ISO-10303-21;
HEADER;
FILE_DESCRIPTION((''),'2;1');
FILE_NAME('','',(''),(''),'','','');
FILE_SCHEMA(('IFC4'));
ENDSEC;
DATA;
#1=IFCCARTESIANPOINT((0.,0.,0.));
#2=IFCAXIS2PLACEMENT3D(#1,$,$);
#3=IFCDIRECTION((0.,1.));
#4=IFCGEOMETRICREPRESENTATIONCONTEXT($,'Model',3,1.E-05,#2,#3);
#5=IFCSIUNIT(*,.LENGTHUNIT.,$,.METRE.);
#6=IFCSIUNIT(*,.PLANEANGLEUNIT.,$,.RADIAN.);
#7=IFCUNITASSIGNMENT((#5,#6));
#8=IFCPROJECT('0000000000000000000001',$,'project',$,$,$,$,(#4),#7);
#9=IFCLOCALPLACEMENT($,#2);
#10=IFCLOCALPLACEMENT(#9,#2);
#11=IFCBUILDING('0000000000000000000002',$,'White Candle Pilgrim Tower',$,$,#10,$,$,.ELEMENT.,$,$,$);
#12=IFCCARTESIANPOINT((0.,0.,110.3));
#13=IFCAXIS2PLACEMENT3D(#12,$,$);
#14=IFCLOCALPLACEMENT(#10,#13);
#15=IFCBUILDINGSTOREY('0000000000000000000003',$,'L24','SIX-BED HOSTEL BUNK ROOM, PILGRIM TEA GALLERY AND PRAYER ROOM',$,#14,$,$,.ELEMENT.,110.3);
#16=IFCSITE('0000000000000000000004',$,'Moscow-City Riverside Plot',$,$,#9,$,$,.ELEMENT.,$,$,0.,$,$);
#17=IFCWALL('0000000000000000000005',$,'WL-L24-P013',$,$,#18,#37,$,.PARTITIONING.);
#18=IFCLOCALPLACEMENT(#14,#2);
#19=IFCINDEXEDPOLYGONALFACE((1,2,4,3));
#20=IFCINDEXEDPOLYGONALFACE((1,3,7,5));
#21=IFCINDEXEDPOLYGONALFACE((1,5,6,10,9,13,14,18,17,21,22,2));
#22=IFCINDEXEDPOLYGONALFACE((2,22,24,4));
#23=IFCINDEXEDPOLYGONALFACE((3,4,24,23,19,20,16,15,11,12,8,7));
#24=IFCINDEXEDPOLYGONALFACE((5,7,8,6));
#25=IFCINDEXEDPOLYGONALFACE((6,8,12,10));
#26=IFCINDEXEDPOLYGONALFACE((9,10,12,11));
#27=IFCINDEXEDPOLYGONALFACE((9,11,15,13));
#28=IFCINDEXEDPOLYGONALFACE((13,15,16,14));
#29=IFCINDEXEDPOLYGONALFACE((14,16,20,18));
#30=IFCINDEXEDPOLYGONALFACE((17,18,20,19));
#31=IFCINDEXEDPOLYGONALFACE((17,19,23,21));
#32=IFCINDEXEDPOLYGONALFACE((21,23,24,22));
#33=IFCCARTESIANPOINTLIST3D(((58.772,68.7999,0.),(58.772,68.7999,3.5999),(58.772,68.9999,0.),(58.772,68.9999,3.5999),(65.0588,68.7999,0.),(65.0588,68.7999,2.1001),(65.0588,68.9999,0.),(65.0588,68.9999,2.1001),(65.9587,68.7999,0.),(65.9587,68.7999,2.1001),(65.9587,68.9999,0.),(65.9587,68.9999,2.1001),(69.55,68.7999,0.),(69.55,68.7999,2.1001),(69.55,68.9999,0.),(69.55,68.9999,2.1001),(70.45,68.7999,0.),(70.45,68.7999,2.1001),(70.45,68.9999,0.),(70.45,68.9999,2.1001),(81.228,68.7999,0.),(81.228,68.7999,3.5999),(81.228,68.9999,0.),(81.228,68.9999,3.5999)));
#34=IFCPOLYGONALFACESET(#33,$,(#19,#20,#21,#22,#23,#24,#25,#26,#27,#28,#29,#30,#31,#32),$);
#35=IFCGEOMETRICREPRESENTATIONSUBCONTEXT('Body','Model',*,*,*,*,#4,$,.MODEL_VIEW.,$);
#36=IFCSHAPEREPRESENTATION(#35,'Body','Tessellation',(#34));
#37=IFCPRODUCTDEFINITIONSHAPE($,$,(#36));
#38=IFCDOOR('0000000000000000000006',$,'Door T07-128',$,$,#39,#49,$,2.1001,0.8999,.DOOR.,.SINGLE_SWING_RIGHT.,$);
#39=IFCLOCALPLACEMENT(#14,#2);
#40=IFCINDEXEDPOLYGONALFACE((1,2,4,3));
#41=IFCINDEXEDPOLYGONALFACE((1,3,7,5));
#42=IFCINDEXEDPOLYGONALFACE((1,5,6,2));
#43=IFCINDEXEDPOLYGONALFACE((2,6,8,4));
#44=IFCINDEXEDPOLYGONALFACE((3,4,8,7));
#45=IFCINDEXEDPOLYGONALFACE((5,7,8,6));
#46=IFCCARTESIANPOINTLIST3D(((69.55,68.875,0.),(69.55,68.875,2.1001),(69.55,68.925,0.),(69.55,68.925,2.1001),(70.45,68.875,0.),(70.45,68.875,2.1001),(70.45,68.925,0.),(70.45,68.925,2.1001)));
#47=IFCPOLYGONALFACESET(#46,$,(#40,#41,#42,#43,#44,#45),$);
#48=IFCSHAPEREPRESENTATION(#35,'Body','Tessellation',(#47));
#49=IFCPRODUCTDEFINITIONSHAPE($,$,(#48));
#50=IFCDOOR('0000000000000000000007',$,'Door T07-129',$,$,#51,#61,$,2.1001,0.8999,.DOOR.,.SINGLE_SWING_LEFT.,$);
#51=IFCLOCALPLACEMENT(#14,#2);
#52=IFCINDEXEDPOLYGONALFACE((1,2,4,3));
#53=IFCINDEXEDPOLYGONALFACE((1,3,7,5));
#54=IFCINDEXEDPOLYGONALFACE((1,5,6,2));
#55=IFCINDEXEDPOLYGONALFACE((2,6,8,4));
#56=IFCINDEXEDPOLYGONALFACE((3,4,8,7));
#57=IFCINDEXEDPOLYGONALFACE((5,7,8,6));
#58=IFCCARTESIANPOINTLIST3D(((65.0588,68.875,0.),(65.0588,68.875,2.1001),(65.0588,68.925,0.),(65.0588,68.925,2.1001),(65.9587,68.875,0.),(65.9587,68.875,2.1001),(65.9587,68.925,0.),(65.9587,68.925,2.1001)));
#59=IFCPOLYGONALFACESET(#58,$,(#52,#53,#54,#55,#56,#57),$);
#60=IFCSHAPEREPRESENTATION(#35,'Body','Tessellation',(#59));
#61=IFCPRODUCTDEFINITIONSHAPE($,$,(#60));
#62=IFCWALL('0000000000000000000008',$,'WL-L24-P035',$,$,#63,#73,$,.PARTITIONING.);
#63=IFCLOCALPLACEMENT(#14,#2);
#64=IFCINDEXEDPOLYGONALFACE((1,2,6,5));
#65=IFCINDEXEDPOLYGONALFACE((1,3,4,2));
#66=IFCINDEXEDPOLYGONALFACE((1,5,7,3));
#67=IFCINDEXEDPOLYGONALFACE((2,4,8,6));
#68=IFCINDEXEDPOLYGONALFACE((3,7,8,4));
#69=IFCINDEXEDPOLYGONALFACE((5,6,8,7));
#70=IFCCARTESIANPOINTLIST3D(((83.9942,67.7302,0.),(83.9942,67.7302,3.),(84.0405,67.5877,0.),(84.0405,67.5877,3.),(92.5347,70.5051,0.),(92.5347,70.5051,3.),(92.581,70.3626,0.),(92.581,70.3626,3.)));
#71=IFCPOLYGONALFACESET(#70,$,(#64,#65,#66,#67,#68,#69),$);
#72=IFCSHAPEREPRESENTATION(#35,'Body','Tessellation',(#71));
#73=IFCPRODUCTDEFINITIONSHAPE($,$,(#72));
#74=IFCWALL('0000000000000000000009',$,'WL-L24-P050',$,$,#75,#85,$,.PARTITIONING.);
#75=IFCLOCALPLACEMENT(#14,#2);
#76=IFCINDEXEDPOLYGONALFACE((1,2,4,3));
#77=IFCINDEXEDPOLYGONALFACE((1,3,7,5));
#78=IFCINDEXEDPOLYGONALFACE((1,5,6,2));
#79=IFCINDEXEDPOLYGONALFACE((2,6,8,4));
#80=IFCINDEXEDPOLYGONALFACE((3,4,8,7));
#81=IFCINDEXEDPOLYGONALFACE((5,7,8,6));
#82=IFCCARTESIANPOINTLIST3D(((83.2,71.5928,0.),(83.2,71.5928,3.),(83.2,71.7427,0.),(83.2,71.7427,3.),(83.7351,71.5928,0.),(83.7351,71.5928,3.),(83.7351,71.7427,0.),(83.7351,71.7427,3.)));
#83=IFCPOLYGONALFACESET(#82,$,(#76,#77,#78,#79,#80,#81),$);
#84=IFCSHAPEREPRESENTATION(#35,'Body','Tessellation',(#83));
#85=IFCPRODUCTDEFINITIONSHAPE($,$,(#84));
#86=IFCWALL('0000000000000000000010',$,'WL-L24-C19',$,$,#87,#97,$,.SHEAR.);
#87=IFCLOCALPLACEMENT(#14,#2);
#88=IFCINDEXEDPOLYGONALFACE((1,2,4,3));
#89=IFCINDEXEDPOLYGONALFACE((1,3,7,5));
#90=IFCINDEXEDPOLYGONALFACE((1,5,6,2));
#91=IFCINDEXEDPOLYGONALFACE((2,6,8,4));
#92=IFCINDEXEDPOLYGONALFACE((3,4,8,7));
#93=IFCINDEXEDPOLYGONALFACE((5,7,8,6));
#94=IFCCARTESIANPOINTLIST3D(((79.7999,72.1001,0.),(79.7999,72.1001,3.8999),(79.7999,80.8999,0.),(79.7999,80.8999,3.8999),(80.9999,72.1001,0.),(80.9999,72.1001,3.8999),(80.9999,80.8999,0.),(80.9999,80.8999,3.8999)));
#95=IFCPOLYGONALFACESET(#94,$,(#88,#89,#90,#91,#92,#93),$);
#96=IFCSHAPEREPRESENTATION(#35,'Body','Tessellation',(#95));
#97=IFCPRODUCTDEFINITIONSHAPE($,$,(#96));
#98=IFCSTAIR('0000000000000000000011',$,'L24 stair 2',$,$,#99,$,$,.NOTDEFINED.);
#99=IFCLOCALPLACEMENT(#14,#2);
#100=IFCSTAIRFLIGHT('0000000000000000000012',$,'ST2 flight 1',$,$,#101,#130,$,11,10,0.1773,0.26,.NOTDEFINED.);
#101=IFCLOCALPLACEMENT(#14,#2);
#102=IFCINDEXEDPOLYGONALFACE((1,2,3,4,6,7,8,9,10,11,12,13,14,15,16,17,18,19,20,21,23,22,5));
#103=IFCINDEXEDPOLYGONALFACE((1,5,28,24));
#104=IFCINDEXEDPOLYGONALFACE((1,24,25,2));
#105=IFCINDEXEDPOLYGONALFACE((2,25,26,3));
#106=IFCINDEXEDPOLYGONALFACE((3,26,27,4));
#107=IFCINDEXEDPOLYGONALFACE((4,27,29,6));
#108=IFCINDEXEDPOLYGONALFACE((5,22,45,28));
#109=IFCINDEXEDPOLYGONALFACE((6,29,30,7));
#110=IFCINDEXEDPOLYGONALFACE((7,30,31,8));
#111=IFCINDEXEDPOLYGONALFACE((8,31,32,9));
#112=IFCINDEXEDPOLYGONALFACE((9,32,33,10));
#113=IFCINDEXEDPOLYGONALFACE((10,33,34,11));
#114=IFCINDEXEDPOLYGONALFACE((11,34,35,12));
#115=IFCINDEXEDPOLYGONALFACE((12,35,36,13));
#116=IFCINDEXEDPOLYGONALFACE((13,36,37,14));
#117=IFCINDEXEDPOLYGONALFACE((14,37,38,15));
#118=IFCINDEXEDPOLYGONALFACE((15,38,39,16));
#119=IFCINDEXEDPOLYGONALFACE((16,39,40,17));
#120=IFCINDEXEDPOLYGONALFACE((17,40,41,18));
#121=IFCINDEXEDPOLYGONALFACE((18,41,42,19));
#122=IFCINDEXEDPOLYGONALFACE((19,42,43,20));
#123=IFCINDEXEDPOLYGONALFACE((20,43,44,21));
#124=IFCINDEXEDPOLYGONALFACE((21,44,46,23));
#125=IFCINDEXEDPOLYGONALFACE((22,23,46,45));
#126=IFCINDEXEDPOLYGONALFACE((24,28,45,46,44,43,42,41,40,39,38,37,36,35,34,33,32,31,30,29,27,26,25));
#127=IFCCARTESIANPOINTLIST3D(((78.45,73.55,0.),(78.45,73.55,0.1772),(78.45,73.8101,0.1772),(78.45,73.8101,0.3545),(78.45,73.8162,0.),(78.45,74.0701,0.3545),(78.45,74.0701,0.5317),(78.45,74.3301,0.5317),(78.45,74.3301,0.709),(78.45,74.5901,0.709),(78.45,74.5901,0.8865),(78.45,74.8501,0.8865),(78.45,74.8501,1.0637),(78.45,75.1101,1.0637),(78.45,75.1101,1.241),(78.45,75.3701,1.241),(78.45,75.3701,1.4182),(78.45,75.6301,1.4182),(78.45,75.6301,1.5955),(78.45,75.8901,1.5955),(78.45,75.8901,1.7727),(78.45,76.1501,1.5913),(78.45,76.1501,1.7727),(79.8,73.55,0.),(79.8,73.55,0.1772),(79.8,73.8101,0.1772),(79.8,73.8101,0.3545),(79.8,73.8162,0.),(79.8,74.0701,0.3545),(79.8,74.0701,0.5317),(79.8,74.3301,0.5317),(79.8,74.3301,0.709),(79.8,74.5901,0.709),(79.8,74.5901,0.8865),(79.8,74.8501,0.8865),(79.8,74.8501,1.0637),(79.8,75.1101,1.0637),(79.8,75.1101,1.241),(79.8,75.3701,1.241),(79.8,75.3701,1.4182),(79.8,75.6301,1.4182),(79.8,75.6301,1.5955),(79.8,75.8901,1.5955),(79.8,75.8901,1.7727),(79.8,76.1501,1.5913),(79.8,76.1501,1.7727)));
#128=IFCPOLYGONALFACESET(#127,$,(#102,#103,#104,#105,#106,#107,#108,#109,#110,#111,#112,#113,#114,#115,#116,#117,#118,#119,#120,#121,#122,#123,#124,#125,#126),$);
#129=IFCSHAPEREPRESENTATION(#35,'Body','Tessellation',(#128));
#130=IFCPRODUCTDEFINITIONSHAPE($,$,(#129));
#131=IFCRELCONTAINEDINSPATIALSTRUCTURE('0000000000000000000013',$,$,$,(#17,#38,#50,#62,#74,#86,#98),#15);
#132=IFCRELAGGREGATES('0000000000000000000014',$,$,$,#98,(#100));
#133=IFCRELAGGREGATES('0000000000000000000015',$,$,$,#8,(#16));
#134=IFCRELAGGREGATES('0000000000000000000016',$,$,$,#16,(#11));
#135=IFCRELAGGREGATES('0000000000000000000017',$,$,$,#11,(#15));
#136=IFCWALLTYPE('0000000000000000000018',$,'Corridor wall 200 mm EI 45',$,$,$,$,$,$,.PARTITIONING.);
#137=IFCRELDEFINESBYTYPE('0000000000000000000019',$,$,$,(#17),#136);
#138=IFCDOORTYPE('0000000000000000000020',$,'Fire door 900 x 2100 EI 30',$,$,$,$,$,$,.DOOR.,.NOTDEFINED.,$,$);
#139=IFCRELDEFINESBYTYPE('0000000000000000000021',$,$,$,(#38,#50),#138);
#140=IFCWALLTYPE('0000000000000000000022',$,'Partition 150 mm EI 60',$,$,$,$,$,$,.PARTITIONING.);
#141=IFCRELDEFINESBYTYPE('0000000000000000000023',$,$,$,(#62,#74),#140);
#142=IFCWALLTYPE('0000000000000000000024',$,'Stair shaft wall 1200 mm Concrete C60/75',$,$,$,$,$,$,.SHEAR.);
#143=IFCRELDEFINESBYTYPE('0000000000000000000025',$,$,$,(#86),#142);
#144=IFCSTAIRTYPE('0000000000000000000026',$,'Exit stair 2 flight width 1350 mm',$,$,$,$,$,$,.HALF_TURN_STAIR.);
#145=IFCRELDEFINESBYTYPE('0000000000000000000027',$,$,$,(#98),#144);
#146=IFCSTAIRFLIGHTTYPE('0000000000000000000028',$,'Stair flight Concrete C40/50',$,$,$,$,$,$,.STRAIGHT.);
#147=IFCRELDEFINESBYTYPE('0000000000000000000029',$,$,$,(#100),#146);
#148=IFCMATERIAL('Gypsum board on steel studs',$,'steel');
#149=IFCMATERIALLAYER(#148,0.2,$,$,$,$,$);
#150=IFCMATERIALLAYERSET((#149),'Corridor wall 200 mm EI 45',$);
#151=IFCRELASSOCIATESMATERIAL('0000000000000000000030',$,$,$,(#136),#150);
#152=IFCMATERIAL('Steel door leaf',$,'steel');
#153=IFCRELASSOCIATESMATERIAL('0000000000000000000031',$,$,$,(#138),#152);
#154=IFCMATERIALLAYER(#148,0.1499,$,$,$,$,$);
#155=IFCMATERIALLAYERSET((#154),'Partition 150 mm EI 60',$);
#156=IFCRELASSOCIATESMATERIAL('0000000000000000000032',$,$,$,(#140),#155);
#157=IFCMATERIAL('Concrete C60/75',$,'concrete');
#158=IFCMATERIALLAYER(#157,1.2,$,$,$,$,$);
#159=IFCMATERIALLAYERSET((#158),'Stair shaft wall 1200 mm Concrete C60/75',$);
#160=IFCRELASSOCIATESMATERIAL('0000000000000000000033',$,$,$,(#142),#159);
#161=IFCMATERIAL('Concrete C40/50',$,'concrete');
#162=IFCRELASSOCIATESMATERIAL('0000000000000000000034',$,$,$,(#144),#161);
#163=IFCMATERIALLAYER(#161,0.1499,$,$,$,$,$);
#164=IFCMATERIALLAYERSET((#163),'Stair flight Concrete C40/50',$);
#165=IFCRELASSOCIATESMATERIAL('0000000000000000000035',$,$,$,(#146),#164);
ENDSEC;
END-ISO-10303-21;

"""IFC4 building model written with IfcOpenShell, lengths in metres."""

from ifc_helpers import new_model, si_unit, direction, frame, frame_2d, origin, place, context, subcontext, project, spatial, polyline, rectangle, outline, extrude, material, layer, layer_set, type_object, element, fill, aggregate, save


model = new_model("IFC4")

# Units and contexts
model_context = context("Model", 3, precision=1e-05, world=origin(), true_north=direction((0.0, 1.0)))
body_context = subcontext(model_context, "Body", "Model", "MODEL_VIEW")
ifc_project = project(units=[si_unit("LENGTHUNIT", "METRE"), si_unit("PLANEANGLEUNIT", "RADIAN")], contexts=[model_context])

# Site, building, storey
site_placement = place(None, origin())
site = spatial("IfcSite", under=ifc_project, at=site_placement, Name="Moscow-City Riverside Plot", CompositionType="ELEMENT", RefElevation=0.0)
building_placement = place(site_placement, origin())
building = spatial("IfcBuilding", under=site, at=building_placement, Name="White Candle Pilgrim Tower", CompositionType="ELEMENT")
storey_placement = place(building_placement, frame((0.0, 0.0, 110.3)))
storey = spatial("IfcBuildingStorey", under=building, at=storey_placement, Name="L24", Description="SIX-BED HOSTEL BUNK ROOM, PILGRIM TEA GALLERY AND PRAYER ROOM", CompositionType="ELEMENT", Elevation=110.3)

# Shared definitions
ifc_material_1 = material(Name="Gypsum board on steel studs", Category="steel")
ifc_layer_1 = layer(ifc_material_1, 0.2)
ifc_layer_set_1 = layer_set([ifc_layer_1], Name="Corridor wall 200 mm EI 45")
wall_type_1 = type_object("IfcWallType", Name="Corridor wall 200 mm EI 45", PredefinedType="PARTITIONING", material=ifc_layer_set_1)
ifc_material_2 = material(Name="Steel door leaf", Category="steel")
door_type = type_object("IfcDoorType", Name="Fire door 900 x 2100 EI 30", OperationType="NOTDEFINED", PredefinedType="DOOR", material=ifc_material_2)

# Wall, openings, doors
wall_1_placement = place(storey_placement, frame((81.228, 68.8999, 0.0), z_axis=(0.0, 0.0, 1.0), x_axis=(-1.0, 0.0, 0.0)))
wall_1 = element("IfcWall", 1, at=wall_1_placement, inside=storey, type_object=wall_type_1, Name="WL-L24-P013", PredefinedType="PARTITIONING", context=body_context, shape_type="SweptSolid", body=[
    extrude(rectangle(XDim=22.4561, YDim=0.2, at=frame_2d((11.228, 0.0))), origin(), (0.0, 0.0, 1.0), 3.5999),
])
opening_1_placement = place(wall_1_placement, frame((10.7781, 0.0, 0.0)))
opening_1 = element("IfcOpeningElement", 2, at=opening_1_placement, cuts=wall_1, PredefinedType="OPENING", context=body_context, shape_type="SweptSolid", body=[
    extrude(rectangle(XDim=0.8999, YDim=2.1001, at=frame_2d((0.45, 1.05))), frame((0.0, 0.1099, 0.0), z_axis=(0.0, -1.0, 0.0), x_axis=(1.0, 0.0, 0.0)), (0.0, 0.0, 1.0), 0.22),
])
opening_2_placement = place(wall_1_placement, frame((15.2693, 0.0, 0.0)))
opening_2 = element("IfcOpeningElement", 3, at=opening_2_placement, cuts=wall_1, PredefinedType="OPENING", context=body_context, shape_type="SweptSolid", body=[
    extrude(rectangle(XDim=0.8999, YDim=2.1001, at=frame_2d((0.45, 1.05))), frame((0.0, 0.1099, 0.0), z_axis=(0.0, -1.0, 0.0), x_axis=(1.0, 0.0, 0.0)), (0.0, 0.0, 1.0), 0.22),
])
door_1_placement = place(opening_1_placement, origin())
door_1 = element("IfcDoor", 4, at=door_1_placement, inside=storey, type_object=door_type, Name="Door T07-128", OperationType="SINGLE_SWING_RIGHT", OverallHeight=2.1001, OverallWidth=0.8999, PredefinedType="DOOR", context=body_context, shape_type="SweptSolid", body=[
    extrude(rectangle(XDim=0.8999, YDim=2.1001, at=frame_2d((0.45, 1.05))), frame((0.0, 0.0249, 0.0), z_axis=(0.0, -1.0, 0.0), x_axis=(1.0, 0.0, 0.0)), (0.0, 0.0, 1.0), 0.05),
])
fill(opening_1, door_1)
door_2_placement = place(opening_2_placement, origin())
door_2 = element("IfcDoor", 5, at=door_2_placement, inside=storey, type_object=door_type, Name="Door T07-129", OperationType="SINGLE_SWING_LEFT", OverallHeight=2.1001, OverallWidth=0.8999, PredefinedType="DOOR", context=body_context, shape_type="SweptSolid", body=[
    extrude(rectangle(XDim=0.8999, YDim=2.1001, at=frame_2d((0.45, 1.05))), frame((0.0, 0.0249, 0.0), z_axis=(0.0, -1.0, 0.0), x_axis=(1.0, 0.0, 0.0)), (0.0, 0.0, 1.0), 0.05),
])
fill(opening_2, door_2)

# Walls
ifc_layer_2 = layer(ifc_material_1, 0.1499)
ifc_layer_set_2 = layer_set([ifc_layer_2], Name="Partition 150 mm EI 60")
wall_type_2 = type_object("IfcWallType", Name="Partition 150 mm EI 60", PredefinedType="PARTITIONING", material=ifc_layer_set_2)
wall_2_placement = place(storey_placement, frame((92.5579, 70.4338, 0.0), z_axis=(0.0, 0.0, 1.0), x_axis=(-0.951059, -0.309009, 0.0)))
element("IfcWall", 6, at=wall_2_placement, inside=storey, type_object=wall_type_2, Name="WL-L24-P035", PredefinedType="PARTITIONING", context=body_context, shape_type="SweptSolid", body=[
    extrude(rectangle(XDim=8.98, YDim=0.1499, at=frame_2d((4.49, 0.0))), origin(), (0.0, 0.0, 1.0), 3.0),
])
wall_3_placement = place(storey_placement, frame((83.7351, 71.6677, 0.0), z_axis=(0.0, 0.0, 1.0), x_axis=(-1.0, 0.0, 0.0)))
element("IfcWall", 7, at=wall_3_placement, inside=storey, type_object=wall_type_2, Name="WL-L24-P050", PredefinedType="PARTITIONING", context=body_context, shape_type="SweptSolid", body=[
    extrude(rectangle(XDim=0.5352, YDim=0.1499, at=frame_2d((0.2676, 0.0))), origin(), (0.0, 0.0, 1.0), 3.0),
])
ifc_material_3 = material(Name="Concrete C60/75", Category="concrete")
ifc_layer_3 = layer(ifc_material_3, 1.2)
ifc_layer_set_3 = layer_set([ifc_layer_3], Name="Stair shaft wall 1200 mm Concrete C60/75")
wall_type_3 = type_object("IfcWallType", Name="Stair shaft wall 1200 mm Concrete C60/75", PredefinedType="SHEAR", material=ifc_layer_set_3)
wall_4_placement = place(storey_placement, frame((80.3999, 72.1001, 0.0), z_axis=(0.0, 0.0, 1.0), x_axis=(0.0, 1.0, 0.0)))
element("IfcWall", 8, at=wall_4_placement, inside=storey, type_object=wall_type_3, Name="WL-L24-C19", PredefinedType="SHEAR", context=body_context, shape_type="SweptSolid", body=[
    extrude(rectangle(XDim=8.7998, YDim=1.2, at=frame_2d((4.3999, 0.0))), origin(), (0.0, 0.0, 1.0), 3.8999),
])

# Stair, stair flight
ifc_material_4 = material(Name="Concrete C40/50", Category="concrete")
stair_type = type_object("IfcStairType", Name="Exit stair 2 flight width 1350 mm", PredefinedType="HALF_TURN_STAIR", material=ifc_material_4)
stair_placement = place(storey_placement, origin())
stair = element("IfcStair", 9, at=stair_placement, inside=storey, type_object=stair_type, Name="L24 stair 2", PredefinedType="NOTDEFINED")
ifc_layer_4 = layer(ifc_material_4, 0.1499)
ifc_layer_set_4 = layer_set([ifc_layer_4], Name="Stair flight Concrete C40/50")
stair_flight_type = type_object("IfcStairFlightType", Name="Stair flight Concrete C40/50", PredefinedType="STRAIGHT", material=ifc_layer_set_4)
stair_flight_placement = place(storey_placement, frame((79.125, 73.55, 0.0), z_axis=(0.0, 0.0, 1.0), x_axis=(0.0, 1.0, 0.0)))
stair_flight = element("IfcStairFlight", 10, at=stair_flight_placement, type_object=stair_flight_type, Name="ST2 flight 1", NumberOfRisers=11, NumberOfTreads=10, PredefinedType="NOTDEFINED", RiserHeight=0.1773, TreadLength=0.26, context=body_context, shape_type="SweptSolid", body=[
    extrude(outline(polyline([(0.0, 0.0), (0.0, 0.1772), (0.26, 0.1772), (0.26, 0.3545), (0.52, 0.3545), (0.52, 0.5317), (0.78, 0.5317), (0.78, 0.709), (1.04, 0.709), (1.04, 0.8865), (1.3, 0.8865), (1.3, 1.0637), (1.5601, 1.0637), (1.5601, 1.241), (1.8201, 1.241), (1.8201, 1.4182), (2.0801, 1.4182), (2.0801, 1.5955), (2.3401, 1.5955), (2.3401, 1.7727), (2.6001, 1.7727), (2.6001, 1.95), (2.6001, 1.5913), (0.2661, 0.0), (0.0, 0.0)])), frame((0.0, 0.675, 0.0), z_axis=(0.0, -1.0, 0.0), x_axis=(1.0, 0.0, 0.0)), (0.0, 0.0, 1.0), 1.3501),
])
aggregate(stair, [stair_flight])

save(model, "model.ifc")
